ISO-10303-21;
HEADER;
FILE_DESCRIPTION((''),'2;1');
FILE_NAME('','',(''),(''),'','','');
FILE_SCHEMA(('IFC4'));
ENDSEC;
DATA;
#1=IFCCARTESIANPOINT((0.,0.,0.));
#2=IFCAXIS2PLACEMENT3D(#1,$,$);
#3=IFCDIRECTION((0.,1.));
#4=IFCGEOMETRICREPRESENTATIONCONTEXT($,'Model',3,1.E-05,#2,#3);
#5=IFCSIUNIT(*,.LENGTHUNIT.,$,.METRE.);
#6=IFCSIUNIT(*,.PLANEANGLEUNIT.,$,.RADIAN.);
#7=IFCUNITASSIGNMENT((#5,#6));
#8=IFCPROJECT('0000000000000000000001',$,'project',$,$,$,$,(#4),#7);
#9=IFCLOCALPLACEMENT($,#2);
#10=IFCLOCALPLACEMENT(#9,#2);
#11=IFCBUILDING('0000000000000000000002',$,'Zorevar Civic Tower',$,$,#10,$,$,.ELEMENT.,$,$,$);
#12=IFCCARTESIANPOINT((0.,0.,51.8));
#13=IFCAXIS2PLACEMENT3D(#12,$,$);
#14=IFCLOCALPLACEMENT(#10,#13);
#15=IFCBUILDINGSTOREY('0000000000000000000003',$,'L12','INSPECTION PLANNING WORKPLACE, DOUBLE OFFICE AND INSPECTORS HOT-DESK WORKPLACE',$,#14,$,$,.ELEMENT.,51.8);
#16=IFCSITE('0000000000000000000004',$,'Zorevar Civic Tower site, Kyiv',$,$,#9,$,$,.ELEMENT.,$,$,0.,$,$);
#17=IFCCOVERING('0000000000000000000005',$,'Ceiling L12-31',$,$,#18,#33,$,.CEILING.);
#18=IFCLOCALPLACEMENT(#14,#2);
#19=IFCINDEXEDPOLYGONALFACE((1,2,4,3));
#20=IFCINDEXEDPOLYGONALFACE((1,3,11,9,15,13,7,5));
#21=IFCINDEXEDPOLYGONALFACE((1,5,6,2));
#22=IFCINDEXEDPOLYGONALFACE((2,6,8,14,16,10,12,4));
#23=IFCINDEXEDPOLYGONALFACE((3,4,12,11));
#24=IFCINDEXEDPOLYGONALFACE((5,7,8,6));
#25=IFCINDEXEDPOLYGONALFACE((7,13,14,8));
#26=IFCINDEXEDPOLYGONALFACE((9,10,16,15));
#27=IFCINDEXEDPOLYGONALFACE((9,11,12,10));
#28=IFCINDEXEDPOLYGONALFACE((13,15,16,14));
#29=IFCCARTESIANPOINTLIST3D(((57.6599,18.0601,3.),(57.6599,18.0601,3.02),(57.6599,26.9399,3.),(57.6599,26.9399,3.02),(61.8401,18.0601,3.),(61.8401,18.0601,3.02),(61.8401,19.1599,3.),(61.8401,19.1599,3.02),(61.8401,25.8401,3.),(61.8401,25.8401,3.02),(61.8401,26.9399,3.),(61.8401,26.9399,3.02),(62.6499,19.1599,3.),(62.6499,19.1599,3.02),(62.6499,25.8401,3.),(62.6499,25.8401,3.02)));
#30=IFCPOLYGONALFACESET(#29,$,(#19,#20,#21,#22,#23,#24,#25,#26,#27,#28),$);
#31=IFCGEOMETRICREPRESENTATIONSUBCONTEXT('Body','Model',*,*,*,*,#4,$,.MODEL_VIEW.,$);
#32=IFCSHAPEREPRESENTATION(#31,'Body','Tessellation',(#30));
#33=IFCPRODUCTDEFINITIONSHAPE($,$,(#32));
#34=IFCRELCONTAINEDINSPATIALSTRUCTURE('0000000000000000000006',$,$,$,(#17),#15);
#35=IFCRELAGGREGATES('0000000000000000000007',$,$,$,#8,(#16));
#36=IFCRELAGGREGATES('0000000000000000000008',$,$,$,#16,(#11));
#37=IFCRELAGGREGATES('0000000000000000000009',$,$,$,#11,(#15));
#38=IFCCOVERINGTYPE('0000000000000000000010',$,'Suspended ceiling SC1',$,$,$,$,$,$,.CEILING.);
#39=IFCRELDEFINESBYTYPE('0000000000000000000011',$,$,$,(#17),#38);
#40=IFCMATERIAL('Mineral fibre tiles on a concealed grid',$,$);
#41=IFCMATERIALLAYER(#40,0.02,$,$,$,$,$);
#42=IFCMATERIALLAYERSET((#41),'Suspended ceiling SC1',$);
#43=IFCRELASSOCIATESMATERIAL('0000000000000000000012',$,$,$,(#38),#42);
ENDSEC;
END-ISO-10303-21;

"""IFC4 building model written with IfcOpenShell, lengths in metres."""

from ifc_helpers import new_model, si_unit, direction, frame, origin, place, context, subcontext, project, spatial, polyline, outline, extrude, material, layer, layer_set, type_object, element, save


model = new_model("IFC4")

# Units and contexts
model_context = context("Model", 3, precision=1e-05, world=origin(), true_north=direction((0.0, 1.0)))
body_context = subcontext(model_context, "Body", "Model", "MODEL_VIEW")
ifc_project = project(units=[si_unit("LENGTHUNIT", "METRE"), si_unit("PLANEANGLEUNIT", "RADIAN")], contexts=[model_context])

# Site, building, storey
site_placement = place(None, origin())
site = spatial("IfcSite", under=ifc_project, at=site_placement, Name="Zorevar Civic Tower site, Kyiv", CompositionType="ELEMENT", RefElevation=0.0)
building_placement = place(site_placement, origin())
building = spatial("IfcBuilding", under=site, at=building_placement, Name="Zorevar Civic Tower", CompositionType="ELEMENT")
storey_placement = place(building_placement, frame((0.0, 0.0, 51.8)))
storey = spatial("IfcBuildingStorey", under=building, at=storey_placement, Name="L12", Description="INSPECTION PLANNING WORKPLACE, DOUBLE OFFICE AND INSPECTORS HOT-DESK WORKPLACE", CompositionType="ELEMENT", Elevation=51.8)

# Covering
ifc_material_1 = material(Name="Mineral fibre tiles on a concealed grid")
ifc_layer_1 = layer(ifc_material_1, 0.02)
ifc_layer_set_1 = layer_set([ifc_layer_1], Name="Suspended ceiling SC1")
covering_type_1 = type_object("IfcCoveringType", Name="Suspended ceiling SC1", PredefinedType="CEILING", material=ifc_layer_set_1)
covering_1_placement = place(storey_placement, frame((0.0, 0.0, 3.0)))
element("IfcCovering", 1, at=covering_1_placement, inside=storey, type_object=covering_type_1, Name="Ceiling L12-31", PredefinedType="CEILING", context=body_context, shape_type="SweptSolid", body=[
    extrude(outline(polyline([(62.6499, 19.1599), (61.8401, 19.1599), (61.8401, 18.0601), (57.6599, 18.0601), (57.6599, 26.9399), (61.8401, 26.9399), (61.8401, 25.8401), (62.6499, 25.8401), (62.6499, 19.1599)])), origin(), (0.0, 0.0, 1.0), 0.02),
])

save(model, "model.ifc")
